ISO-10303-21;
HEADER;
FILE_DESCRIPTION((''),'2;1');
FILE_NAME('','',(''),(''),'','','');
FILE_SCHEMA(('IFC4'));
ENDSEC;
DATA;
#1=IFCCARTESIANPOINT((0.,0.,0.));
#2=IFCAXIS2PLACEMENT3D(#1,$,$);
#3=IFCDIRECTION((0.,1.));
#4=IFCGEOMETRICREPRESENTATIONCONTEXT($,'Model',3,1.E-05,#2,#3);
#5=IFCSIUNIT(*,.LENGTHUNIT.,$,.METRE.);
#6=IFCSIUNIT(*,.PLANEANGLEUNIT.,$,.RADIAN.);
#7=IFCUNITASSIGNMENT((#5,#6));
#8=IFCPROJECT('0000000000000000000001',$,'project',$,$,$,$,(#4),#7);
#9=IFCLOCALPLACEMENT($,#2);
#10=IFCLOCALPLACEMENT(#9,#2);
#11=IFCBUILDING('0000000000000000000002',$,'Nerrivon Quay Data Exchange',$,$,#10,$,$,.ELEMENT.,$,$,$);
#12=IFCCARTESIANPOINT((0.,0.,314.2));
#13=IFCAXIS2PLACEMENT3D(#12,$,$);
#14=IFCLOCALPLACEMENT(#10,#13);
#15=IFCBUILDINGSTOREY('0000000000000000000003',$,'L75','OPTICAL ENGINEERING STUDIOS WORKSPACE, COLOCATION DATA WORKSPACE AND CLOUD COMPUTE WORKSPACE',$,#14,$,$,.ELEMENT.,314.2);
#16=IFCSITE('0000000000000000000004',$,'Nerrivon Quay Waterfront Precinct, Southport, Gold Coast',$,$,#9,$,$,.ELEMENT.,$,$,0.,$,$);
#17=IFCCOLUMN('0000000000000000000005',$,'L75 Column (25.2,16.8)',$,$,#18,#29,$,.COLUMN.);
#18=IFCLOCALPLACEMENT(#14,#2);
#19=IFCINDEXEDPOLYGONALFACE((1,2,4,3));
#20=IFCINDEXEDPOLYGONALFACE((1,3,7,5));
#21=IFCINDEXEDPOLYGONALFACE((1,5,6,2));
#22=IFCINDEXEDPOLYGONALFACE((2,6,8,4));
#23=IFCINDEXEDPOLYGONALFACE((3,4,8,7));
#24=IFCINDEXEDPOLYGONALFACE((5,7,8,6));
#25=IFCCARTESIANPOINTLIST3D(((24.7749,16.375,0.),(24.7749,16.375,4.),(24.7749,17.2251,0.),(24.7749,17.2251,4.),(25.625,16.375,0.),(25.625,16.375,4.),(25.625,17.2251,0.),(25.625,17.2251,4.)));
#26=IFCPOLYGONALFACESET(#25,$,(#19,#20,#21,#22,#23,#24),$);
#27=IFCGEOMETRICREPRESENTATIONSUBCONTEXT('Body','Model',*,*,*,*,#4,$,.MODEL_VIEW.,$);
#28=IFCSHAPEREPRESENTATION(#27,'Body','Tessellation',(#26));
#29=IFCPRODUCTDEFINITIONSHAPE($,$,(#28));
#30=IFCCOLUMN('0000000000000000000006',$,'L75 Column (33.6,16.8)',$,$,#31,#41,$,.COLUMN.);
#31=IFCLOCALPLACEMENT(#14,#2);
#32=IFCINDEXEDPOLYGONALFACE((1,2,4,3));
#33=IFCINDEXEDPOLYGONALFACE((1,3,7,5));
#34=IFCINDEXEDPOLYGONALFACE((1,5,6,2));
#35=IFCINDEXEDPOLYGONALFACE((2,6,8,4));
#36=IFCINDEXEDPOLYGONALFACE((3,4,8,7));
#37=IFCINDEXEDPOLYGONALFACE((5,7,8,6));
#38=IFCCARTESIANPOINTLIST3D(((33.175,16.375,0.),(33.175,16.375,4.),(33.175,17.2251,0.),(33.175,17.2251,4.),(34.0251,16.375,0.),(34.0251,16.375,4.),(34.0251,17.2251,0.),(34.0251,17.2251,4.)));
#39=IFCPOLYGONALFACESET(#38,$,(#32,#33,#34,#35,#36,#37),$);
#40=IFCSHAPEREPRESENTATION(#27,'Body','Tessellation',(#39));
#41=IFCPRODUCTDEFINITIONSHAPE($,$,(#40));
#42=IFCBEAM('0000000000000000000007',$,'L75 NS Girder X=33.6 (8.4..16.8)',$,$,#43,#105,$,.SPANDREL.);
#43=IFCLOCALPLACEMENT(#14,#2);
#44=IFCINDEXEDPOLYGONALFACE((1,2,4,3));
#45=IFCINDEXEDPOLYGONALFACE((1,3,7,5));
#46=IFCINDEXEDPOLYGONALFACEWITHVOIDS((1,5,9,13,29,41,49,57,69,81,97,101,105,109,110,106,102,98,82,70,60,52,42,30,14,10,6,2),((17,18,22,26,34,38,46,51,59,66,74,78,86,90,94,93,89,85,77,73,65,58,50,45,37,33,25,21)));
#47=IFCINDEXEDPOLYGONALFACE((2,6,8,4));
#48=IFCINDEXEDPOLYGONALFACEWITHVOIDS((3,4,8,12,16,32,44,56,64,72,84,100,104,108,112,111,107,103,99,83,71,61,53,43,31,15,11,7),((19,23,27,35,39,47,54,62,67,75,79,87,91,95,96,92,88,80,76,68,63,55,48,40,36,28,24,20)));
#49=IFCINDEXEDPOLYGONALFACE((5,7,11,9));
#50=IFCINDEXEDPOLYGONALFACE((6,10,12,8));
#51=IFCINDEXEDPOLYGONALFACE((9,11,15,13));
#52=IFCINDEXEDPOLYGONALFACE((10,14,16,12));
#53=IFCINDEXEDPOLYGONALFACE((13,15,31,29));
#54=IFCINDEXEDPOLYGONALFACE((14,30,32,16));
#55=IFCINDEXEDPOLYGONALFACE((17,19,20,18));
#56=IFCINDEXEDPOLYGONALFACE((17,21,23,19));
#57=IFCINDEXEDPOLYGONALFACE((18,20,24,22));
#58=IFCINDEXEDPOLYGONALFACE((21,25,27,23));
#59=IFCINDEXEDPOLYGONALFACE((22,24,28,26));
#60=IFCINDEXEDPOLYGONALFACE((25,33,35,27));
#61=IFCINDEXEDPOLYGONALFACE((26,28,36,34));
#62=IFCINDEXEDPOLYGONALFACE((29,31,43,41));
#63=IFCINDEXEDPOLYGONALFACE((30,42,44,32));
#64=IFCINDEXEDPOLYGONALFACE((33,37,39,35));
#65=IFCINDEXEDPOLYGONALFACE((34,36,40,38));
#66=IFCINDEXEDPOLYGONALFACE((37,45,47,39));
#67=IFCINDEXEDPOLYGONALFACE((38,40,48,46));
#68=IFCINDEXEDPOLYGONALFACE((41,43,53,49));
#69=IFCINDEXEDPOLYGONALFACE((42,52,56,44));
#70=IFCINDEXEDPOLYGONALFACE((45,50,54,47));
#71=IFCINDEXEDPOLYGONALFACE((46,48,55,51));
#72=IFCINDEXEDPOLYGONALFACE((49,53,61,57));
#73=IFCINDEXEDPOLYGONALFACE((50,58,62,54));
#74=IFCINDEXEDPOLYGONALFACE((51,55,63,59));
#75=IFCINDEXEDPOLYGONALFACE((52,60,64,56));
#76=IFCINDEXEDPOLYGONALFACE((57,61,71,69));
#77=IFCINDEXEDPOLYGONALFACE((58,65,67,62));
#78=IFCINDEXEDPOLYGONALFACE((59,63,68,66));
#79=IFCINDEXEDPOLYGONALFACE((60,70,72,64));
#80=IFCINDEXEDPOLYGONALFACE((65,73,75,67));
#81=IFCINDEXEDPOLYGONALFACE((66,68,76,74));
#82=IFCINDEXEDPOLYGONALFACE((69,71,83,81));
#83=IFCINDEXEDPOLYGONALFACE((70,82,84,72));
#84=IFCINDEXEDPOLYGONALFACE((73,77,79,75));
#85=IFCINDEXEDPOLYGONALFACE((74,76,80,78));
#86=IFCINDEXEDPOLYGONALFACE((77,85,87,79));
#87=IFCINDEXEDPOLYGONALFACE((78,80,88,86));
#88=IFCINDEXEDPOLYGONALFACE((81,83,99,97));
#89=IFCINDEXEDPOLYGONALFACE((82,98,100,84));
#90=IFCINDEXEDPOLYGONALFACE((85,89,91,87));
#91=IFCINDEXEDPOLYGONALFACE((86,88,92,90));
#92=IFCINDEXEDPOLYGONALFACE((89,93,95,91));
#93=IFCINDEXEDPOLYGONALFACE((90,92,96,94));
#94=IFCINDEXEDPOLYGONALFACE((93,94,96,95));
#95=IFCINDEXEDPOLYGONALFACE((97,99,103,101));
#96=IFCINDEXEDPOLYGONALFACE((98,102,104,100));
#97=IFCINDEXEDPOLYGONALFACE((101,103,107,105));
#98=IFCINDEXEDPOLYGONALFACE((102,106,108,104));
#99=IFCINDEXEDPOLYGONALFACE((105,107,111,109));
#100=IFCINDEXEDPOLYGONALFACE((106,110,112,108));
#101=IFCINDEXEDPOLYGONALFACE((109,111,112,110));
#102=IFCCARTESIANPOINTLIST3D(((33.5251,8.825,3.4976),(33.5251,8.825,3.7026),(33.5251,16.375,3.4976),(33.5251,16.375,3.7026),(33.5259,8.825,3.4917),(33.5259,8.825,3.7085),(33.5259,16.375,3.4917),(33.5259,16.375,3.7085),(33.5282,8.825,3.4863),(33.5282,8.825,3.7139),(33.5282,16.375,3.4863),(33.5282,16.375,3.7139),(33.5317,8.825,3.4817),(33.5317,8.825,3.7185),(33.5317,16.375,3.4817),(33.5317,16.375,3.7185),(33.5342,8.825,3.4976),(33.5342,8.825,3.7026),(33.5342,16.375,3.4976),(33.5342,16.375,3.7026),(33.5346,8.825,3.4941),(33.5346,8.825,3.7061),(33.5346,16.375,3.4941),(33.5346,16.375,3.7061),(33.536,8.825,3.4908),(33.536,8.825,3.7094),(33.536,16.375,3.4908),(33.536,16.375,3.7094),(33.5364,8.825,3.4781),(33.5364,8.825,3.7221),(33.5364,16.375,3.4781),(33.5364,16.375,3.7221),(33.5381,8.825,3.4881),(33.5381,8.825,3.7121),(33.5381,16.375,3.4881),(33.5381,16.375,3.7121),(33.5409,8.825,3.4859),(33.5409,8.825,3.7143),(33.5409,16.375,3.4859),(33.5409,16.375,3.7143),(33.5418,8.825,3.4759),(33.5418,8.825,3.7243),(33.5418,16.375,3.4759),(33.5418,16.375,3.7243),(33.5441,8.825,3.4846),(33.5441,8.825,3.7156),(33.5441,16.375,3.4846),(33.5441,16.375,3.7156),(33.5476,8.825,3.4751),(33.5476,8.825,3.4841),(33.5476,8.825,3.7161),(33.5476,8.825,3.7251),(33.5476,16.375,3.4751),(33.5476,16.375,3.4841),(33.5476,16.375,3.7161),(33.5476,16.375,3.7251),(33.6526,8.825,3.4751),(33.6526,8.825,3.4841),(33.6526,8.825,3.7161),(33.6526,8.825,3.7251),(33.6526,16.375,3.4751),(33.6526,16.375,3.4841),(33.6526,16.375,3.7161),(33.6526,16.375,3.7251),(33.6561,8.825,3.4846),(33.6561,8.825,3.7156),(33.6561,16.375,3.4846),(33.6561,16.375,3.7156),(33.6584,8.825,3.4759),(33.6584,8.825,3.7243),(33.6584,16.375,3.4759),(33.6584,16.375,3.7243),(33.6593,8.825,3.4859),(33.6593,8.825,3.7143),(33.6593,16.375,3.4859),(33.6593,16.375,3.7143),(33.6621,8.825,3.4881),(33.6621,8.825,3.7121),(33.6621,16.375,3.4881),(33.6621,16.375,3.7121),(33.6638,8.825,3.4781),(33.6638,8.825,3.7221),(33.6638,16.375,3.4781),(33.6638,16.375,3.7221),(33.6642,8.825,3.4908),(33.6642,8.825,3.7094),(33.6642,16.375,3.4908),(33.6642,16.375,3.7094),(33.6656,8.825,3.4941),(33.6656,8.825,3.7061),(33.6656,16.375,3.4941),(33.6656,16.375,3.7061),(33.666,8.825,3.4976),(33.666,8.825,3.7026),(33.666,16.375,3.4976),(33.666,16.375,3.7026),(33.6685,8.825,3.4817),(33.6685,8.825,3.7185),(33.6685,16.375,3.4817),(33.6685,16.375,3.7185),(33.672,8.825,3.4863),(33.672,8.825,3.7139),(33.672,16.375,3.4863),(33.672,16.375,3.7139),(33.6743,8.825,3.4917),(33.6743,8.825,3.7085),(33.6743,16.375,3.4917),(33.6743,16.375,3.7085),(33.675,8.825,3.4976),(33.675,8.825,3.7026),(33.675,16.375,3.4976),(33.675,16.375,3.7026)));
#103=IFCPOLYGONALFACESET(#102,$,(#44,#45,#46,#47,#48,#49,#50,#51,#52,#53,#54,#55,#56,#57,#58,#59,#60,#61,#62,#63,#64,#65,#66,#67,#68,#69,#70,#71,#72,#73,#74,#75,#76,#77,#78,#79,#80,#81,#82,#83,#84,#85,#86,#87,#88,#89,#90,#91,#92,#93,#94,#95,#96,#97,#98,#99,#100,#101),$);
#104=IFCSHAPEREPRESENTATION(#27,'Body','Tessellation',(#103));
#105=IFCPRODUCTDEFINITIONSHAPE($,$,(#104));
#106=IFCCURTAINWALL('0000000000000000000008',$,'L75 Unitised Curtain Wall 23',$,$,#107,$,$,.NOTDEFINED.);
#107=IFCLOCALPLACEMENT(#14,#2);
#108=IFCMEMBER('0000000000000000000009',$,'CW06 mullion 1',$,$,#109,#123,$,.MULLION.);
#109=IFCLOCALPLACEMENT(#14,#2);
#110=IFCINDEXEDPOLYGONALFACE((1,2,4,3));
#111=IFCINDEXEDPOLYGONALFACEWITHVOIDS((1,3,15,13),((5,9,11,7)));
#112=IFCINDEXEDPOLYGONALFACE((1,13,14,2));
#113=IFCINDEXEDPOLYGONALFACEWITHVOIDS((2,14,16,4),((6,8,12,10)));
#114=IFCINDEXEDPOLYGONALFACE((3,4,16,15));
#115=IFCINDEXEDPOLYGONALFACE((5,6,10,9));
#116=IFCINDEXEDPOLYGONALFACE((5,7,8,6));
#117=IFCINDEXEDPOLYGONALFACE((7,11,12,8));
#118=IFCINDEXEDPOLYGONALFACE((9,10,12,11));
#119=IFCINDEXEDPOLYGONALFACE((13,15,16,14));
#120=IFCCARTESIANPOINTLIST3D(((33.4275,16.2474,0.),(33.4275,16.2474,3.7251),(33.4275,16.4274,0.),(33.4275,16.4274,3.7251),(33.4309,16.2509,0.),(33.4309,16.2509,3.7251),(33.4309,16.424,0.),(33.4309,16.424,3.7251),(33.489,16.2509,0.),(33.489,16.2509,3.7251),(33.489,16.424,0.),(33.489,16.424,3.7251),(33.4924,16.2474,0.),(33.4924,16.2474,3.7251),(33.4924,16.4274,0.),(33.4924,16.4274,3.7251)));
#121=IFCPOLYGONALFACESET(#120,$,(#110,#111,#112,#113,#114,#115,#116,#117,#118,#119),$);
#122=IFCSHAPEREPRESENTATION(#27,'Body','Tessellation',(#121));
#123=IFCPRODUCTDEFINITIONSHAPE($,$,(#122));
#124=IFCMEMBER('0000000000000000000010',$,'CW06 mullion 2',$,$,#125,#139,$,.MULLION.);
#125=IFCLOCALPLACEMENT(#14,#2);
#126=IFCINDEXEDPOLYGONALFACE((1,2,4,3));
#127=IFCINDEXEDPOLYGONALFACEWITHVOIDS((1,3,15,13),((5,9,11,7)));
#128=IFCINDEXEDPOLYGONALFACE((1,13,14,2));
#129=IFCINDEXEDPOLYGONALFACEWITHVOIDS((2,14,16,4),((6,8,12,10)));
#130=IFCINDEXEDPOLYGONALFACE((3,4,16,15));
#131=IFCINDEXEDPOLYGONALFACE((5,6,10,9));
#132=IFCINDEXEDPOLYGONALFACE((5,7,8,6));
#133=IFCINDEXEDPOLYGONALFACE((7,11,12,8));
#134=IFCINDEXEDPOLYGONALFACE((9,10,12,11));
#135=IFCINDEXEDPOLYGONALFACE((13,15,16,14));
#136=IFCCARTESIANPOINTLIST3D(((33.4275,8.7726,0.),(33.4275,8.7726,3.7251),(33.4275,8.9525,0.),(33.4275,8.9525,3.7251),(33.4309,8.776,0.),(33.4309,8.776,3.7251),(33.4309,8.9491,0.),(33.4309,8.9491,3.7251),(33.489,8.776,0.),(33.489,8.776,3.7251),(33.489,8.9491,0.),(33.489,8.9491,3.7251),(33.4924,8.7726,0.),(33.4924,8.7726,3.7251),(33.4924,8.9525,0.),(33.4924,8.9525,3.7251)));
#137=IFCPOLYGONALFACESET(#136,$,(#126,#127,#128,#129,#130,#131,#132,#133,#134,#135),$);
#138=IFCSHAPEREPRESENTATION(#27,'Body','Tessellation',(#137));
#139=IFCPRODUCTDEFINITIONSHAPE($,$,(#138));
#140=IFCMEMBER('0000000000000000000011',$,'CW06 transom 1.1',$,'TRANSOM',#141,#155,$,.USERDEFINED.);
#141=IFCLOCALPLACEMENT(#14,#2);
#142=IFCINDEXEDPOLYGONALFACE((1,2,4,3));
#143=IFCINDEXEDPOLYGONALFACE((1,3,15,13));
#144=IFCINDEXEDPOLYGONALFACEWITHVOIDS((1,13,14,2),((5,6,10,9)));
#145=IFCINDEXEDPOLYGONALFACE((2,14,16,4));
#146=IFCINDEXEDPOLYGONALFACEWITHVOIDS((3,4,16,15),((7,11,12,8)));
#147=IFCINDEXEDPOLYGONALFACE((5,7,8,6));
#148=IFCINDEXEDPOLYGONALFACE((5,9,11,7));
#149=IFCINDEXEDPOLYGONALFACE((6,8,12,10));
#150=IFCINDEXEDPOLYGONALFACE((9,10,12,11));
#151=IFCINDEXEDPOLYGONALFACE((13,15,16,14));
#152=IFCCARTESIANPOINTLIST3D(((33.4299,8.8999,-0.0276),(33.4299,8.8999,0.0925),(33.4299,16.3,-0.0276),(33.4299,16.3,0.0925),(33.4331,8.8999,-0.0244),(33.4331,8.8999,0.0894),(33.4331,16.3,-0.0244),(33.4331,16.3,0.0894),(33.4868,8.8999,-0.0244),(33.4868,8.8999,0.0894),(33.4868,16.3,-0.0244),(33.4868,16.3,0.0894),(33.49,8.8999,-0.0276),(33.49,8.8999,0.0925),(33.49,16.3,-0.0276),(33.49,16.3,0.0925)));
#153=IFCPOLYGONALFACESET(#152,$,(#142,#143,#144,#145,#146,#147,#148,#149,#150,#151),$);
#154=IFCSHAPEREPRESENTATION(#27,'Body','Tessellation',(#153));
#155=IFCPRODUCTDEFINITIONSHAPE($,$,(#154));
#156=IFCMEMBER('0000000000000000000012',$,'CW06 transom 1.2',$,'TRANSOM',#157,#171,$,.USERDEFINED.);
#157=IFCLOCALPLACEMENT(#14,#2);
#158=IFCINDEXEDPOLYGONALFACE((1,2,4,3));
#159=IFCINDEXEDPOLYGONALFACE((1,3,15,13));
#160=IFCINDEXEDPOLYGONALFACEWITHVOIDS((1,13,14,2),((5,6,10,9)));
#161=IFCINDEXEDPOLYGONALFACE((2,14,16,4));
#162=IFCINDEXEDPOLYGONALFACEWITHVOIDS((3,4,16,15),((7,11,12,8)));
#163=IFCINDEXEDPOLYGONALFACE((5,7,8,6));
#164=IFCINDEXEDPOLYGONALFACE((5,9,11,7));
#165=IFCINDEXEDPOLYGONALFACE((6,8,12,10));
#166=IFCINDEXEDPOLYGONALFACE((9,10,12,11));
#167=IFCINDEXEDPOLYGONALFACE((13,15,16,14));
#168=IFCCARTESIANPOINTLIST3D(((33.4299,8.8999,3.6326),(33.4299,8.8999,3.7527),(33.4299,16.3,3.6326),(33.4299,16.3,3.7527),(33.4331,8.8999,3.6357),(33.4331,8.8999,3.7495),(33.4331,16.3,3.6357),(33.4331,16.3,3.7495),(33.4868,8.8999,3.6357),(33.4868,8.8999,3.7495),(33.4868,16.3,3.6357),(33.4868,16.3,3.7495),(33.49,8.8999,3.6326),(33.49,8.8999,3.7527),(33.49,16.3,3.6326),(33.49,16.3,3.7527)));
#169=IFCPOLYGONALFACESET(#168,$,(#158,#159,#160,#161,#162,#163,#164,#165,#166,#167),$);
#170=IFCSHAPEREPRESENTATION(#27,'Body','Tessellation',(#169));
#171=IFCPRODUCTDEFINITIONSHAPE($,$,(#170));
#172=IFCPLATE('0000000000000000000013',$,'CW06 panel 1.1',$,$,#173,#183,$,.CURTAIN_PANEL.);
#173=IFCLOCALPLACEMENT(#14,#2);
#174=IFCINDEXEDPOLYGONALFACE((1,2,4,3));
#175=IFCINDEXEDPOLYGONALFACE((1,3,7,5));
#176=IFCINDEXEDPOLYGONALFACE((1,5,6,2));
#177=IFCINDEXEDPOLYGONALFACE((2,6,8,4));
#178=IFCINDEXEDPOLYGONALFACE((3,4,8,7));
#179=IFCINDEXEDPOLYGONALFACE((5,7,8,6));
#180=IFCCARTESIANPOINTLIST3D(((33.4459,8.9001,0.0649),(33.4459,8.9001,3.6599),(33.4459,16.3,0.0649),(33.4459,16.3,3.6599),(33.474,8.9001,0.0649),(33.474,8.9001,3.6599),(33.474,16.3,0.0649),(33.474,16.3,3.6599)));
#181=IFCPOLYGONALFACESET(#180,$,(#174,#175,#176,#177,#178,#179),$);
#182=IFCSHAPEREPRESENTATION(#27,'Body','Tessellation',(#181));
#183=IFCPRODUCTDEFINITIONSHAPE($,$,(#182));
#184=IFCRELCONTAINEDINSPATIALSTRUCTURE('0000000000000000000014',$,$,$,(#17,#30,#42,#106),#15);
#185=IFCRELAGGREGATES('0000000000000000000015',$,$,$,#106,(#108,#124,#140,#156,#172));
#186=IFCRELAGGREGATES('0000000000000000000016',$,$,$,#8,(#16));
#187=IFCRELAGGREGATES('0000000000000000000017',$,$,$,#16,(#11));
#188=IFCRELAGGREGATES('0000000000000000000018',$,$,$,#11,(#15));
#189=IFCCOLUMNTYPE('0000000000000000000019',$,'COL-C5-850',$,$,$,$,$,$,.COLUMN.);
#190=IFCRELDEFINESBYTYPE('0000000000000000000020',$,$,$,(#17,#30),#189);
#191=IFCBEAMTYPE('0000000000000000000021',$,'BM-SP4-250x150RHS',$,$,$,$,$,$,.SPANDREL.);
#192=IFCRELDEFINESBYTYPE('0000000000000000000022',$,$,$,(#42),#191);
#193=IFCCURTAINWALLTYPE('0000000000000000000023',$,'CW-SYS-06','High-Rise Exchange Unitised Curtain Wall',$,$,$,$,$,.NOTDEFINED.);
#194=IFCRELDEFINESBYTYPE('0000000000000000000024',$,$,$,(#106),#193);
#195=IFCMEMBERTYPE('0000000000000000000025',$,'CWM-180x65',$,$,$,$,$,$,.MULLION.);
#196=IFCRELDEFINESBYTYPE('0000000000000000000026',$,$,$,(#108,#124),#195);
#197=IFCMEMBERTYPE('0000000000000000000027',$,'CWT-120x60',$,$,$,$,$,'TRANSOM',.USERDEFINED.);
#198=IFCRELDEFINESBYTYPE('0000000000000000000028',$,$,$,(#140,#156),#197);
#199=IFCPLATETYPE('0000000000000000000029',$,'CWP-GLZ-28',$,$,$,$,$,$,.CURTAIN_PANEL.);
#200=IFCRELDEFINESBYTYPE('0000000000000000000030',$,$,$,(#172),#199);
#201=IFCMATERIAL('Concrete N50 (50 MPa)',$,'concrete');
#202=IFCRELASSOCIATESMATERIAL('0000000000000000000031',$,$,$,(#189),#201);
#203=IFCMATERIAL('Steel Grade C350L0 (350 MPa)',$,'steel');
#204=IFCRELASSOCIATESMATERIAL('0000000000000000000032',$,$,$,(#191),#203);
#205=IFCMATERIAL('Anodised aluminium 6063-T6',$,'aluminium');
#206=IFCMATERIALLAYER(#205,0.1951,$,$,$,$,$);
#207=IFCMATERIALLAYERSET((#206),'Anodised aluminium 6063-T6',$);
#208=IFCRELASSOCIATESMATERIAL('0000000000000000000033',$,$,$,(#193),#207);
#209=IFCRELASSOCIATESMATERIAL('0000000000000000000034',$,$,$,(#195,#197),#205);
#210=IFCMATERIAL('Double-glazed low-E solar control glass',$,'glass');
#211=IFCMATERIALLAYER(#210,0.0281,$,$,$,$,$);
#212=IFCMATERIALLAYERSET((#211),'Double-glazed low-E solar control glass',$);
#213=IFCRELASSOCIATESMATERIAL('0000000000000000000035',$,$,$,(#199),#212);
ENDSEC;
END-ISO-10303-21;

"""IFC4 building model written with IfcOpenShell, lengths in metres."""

from ifc_helpers import new_model, si_unit, direction, frame, origin, origin_2d, place, context, subcontext, project, spatial, rectangle, hollow_rectangle, extrude, material, layer, layer_set, material_profile, profile_set, type_object, element, aggregate, save


model = new_model("IFC4")

# Units and contexts
model_context = context("Model", 3, precision=1e-05, world=origin(), true_north=direction((0.0, 1.0)))
body_context = subcontext(model_context, "Body", "Model", "MODEL_VIEW")
ifc_project = project(units=[si_unit("LENGTHUNIT", "METRE"), si_unit("PLANEANGLEUNIT", "RADIAN")], contexts=[model_context])

# Site, building, storey
site_placement = place(None, origin())
site = spatial("IfcSite", under=ifc_project, at=site_placement, Name="Nerrivon Quay Waterfront Precinct, Southport, Gold Coast", CompositionType="ELEMENT", RefElevation=0.0)
building_placement = place(site_placement, origin())
building = spatial("IfcBuilding", under=site, at=building_placement, Name="Nerrivon Quay Data Exchange", CompositionType="ELEMENT")
storey_placement = place(building_placement, frame((0.0, 0.0, 314.2)))
storey = spatial("IfcBuildingStorey", under=building, at=storey_placement, Name="L75", Description="OPTICAL ENGINEERING STUDIOS WORKSPACE, COLOCATION DATA WORKSPACE AND CLOUD COMPUTE WORKSPACE", CompositionType="ELEMENT", Elevation=314.2)

# Columns
ifc_material_1 = material(Name="Concrete N50 (50 MPa)", Category="concrete")
ifc_material_profile_1 = material_profile(ifc_material_1, rectangle(XDim=0.8501, YDim=0.8501, at=origin_2d()), Name="RC-COL-850x850")
ifc_profile_set_1 = profile_set([ifc_material_profile_1], Name="Concrete N50 (50 MPa)")
column_type = type_object("IfcColumnType", Name="COL-C5-850", PredefinedType="COLUMN", material=ifc_profile_set_1)
for number, where, z_axis, x_axis, name in (
    (1, (25.2, 16.8, 0.0), (0.0, 0.0, 1.0), (1.0, 0.0, 0.0), "L75 Column (25.2,16.8)"),
    (2, (33.6001, 16.8, 0.0), (0.0, 0.0, 1.0), (1.0, 0.0, 0.0), "L75 Column (33.6,16.8)"),
):
    element("IfcColumn", number, at=place(storey_placement, frame(where, z_axis=z_axis, x_axis=x_axis)), inside=storey, type_object=column_type, Name=name, PredefinedType="COLUMN", context=body_context, shape_type="SweptSolid", body=[
        extrude(rectangle(XDim=0.8501, YDim=0.8501, at=origin_2d()), origin(), (0.0, 0.0, 1.0), 4.0),
    ])

# Beam
ifc_material_2 = material(Name="Steel Grade C350L0 (350 MPa)", Category="steel")
ifc_material_profile_2 = material_profile(ifc_material_2, hollow_rectangle(XDim=0.1499, YDim=0.25, WallThickness=0.009, InnerFilletRadius=0.0134, OuterFilletRadius=0.0225, at=origin_2d()), Name="250x150x9.0RHS")
ifc_profile_set_2 = profile_set([ifc_material_profile_2], Name="Steel Grade C350L0 (350 MPa)")
beam_type = type_object("IfcBeamType", Name="BM-SP4-250x150RHS", PredefinedType="SPANDREL", material=ifc_profile_set_2)
beam_placement = place(storey_placement, frame((33.6001, 8.825, 3.6001), z_axis=(0.0, 1.0, 0.0), x_axis=(-1.0, 0.0, 0.0)))
element("IfcBeam", 3, at=beam_placement, inside=storey, type_object=beam_type, Name="L75 NS Girder X=33.6 (8.4..16.8)", PredefinedType="SPANDREL", context=body_context, shape_type="SweptSolid", body=[
    extrude(hollow_rectangle(XDim=0.1499, YDim=0.25, WallThickness=0.009, InnerFilletRadius=0.0134, OuterFilletRadius=0.0225, at=origin_2d()), origin(), (0.0, 0.0, 1.0), 7.55),
])

# Curtain wall, members, plate
ifc_material_3 = material(Name="Anodised aluminium 6063-T6", Category="aluminium")
ifc_layer_1 = layer(ifc_material_3, 0.1951)
ifc_layer_set_1 = layer_set([ifc_layer_1], Name="Anodised aluminium 6063-T6")
curtain_wall_type = type_object("IfcCurtainWallType", Name="CW-SYS-06", Description="High-Rise Exchange Unitised Curtain Wall", PredefinedType="NOTDEFINED", material=ifc_layer_set_1)
curtain_wall_placement = place(storey_placement, origin())
curtain_wall = element("IfcCurtainWall", 4, at=curtain_wall_placement, inside=storey, type_object=curtain_wall_type, Name="L75 Unitised Curtain Wall 23", PredefinedType="NOTDEFINED")
ifc_material_profile_3 = material_profile(ifc_material_3, hollow_rectangle(XDim=0.0649, YDim=0.1799, WallThickness=0.0034, at=origin_2d()), Name="ALU-MULL-180x65")
ifc_profile_set_3 = profile_set([ifc_material_profile_3], Name="Anodised aluminium 6063-T6")
member_type_1 = type_object("IfcMemberType", Name="CWM-180x65", PredefinedType="MULLION", material=ifc_profile_set_3)
member_1_placement = place(storey_placement, frame((33.46, 16.3374, 0.0), z_axis=(0.0, 0.0, 1.0), x_axis=(1.0, 0.0, 0.0)))
member_1 = element("IfcMember", 5, at=member_1_placement, type_object=member_type_1, Name="CW06 mullion 1", PredefinedType="MULLION", context=body_context, shape_type="SweptSolid", body=[
    extrude(hollow_rectangle(XDim=0.0649, YDim=0.1799, WallThickness=0.0034, at=origin_2d()), origin(), (0.0, 0.0, 1.0), 3.7251),
])
member_2_placement = place(storey_placement, frame((33.46, 8.8625, 0.0), z_axis=(0.0, 0.0, 1.0), x_axis=(1.0, 0.0, 0.0)))
member_2 = element("IfcMember", 6, at=member_2_placement, type_object=member_type_1, Name="CW06 mullion 2", PredefinedType="MULLION", context=body_context, shape_type="SweptSolid", body=[
    extrude(hollow_rectangle(XDim=0.0649, YDim=0.1799, WallThickness=0.0034, at=origin_2d()), origin(), (0.0, 0.0, 1.0), 3.7251),
])
ifc_material_profile_4 = material_profile(ifc_material_3, hollow_rectangle(XDim=0.0601, YDim=0.1201, WallThickness=0.0032, at=origin_2d()), Name="ALU-TRAN-120x60")
ifc_profile_set_4 = profile_set([ifc_material_profile_4], Name="Anodised aluminium 6063-T6")
member_type_2 = type_object("IfcMemberType", Name="CWT-120x60", ElementType="TRANSOM", PredefinedType="USERDEFINED", material=ifc_profile_set_4)
member_3_placement = place(storey_placement, frame((33.46, 16.3, 0.0325), z_axis=(0.0, -1.0, 0.0), x_axis=(1.0, 0.0, 0.0)))
member_3 = element("IfcMember", 7, at=member_3_placement, type_object=member_type_2, Name="CW06 transom 1.1", ObjectType="TRANSOM", PredefinedType="USERDEFINED", context=body_context, shape_type="SweptSolid", body=[
    extrude(hollow_rectangle(XDim=0.0601, YDim=0.1201, WallThickness=0.0032, at=origin_2d()), origin(), (0.0, 0.0, 1.0), 7.4001),
])
member_4_placement = place(storey_placement, frame((33.46, 16.3, 3.6926), z_axis=(0.0, -1.0, 0.0), x_axis=(1.0, 0.0, 0.0)))
member_4 = element("IfcMember", 8, at=member_4_placement, type_object=member_type_2, Name="CW06 transom 1.2", ObjectType="TRANSOM", PredefinedType="USERDEFINED", context=body_context, shape_type="SweptSolid", body=[
    extrude(hollow_rectangle(XDim=0.0601, YDim=0.1201, WallThickness=0.0032, at=origin_2d()), origin(), (0.0, 0.0, 1.0), 7.4001),
])
ifc_material_4 = material(Name="Double-glazed low-E solar control glass", Category="glass")
ifc_layer_2 = layer(ifc_material_4, 0.0281)
ifc_layer_set_2 = layer_set([ifc_layer_2], Name="Double-glazed low-E solar control glass")
plate_type = type_object("IfcPlateType", Name="CWP-GLZ-28", PredefinedType="CURTAIN_PANEL", material=ifc_layer_set_2)
plate_placement = place(storey_placement, frame((33.46, 12.6001, 0.0649), z_axis=(0.0, 0.0, 1.0), x_axis=(0.0, -1.0, 0.0)))
plate = element("IfcPlate", 9, at=plate_placement, type_object=plate_type, Name="CW06 panel 1.1", PredefinedType="CURTAIN_PANEL", context=body_context, shape_type="SweptSolid", body=[
    extrude(rectangle(XDim=7.3999, YDim=0.0281, at=origin_2d()), origin(), (0.0, 0.0, 1.0), 3.595),
])
aggregate(curtain_wall, [member_1, member_2, member_3, member_4, plate])

save(model, "model.ifc")
